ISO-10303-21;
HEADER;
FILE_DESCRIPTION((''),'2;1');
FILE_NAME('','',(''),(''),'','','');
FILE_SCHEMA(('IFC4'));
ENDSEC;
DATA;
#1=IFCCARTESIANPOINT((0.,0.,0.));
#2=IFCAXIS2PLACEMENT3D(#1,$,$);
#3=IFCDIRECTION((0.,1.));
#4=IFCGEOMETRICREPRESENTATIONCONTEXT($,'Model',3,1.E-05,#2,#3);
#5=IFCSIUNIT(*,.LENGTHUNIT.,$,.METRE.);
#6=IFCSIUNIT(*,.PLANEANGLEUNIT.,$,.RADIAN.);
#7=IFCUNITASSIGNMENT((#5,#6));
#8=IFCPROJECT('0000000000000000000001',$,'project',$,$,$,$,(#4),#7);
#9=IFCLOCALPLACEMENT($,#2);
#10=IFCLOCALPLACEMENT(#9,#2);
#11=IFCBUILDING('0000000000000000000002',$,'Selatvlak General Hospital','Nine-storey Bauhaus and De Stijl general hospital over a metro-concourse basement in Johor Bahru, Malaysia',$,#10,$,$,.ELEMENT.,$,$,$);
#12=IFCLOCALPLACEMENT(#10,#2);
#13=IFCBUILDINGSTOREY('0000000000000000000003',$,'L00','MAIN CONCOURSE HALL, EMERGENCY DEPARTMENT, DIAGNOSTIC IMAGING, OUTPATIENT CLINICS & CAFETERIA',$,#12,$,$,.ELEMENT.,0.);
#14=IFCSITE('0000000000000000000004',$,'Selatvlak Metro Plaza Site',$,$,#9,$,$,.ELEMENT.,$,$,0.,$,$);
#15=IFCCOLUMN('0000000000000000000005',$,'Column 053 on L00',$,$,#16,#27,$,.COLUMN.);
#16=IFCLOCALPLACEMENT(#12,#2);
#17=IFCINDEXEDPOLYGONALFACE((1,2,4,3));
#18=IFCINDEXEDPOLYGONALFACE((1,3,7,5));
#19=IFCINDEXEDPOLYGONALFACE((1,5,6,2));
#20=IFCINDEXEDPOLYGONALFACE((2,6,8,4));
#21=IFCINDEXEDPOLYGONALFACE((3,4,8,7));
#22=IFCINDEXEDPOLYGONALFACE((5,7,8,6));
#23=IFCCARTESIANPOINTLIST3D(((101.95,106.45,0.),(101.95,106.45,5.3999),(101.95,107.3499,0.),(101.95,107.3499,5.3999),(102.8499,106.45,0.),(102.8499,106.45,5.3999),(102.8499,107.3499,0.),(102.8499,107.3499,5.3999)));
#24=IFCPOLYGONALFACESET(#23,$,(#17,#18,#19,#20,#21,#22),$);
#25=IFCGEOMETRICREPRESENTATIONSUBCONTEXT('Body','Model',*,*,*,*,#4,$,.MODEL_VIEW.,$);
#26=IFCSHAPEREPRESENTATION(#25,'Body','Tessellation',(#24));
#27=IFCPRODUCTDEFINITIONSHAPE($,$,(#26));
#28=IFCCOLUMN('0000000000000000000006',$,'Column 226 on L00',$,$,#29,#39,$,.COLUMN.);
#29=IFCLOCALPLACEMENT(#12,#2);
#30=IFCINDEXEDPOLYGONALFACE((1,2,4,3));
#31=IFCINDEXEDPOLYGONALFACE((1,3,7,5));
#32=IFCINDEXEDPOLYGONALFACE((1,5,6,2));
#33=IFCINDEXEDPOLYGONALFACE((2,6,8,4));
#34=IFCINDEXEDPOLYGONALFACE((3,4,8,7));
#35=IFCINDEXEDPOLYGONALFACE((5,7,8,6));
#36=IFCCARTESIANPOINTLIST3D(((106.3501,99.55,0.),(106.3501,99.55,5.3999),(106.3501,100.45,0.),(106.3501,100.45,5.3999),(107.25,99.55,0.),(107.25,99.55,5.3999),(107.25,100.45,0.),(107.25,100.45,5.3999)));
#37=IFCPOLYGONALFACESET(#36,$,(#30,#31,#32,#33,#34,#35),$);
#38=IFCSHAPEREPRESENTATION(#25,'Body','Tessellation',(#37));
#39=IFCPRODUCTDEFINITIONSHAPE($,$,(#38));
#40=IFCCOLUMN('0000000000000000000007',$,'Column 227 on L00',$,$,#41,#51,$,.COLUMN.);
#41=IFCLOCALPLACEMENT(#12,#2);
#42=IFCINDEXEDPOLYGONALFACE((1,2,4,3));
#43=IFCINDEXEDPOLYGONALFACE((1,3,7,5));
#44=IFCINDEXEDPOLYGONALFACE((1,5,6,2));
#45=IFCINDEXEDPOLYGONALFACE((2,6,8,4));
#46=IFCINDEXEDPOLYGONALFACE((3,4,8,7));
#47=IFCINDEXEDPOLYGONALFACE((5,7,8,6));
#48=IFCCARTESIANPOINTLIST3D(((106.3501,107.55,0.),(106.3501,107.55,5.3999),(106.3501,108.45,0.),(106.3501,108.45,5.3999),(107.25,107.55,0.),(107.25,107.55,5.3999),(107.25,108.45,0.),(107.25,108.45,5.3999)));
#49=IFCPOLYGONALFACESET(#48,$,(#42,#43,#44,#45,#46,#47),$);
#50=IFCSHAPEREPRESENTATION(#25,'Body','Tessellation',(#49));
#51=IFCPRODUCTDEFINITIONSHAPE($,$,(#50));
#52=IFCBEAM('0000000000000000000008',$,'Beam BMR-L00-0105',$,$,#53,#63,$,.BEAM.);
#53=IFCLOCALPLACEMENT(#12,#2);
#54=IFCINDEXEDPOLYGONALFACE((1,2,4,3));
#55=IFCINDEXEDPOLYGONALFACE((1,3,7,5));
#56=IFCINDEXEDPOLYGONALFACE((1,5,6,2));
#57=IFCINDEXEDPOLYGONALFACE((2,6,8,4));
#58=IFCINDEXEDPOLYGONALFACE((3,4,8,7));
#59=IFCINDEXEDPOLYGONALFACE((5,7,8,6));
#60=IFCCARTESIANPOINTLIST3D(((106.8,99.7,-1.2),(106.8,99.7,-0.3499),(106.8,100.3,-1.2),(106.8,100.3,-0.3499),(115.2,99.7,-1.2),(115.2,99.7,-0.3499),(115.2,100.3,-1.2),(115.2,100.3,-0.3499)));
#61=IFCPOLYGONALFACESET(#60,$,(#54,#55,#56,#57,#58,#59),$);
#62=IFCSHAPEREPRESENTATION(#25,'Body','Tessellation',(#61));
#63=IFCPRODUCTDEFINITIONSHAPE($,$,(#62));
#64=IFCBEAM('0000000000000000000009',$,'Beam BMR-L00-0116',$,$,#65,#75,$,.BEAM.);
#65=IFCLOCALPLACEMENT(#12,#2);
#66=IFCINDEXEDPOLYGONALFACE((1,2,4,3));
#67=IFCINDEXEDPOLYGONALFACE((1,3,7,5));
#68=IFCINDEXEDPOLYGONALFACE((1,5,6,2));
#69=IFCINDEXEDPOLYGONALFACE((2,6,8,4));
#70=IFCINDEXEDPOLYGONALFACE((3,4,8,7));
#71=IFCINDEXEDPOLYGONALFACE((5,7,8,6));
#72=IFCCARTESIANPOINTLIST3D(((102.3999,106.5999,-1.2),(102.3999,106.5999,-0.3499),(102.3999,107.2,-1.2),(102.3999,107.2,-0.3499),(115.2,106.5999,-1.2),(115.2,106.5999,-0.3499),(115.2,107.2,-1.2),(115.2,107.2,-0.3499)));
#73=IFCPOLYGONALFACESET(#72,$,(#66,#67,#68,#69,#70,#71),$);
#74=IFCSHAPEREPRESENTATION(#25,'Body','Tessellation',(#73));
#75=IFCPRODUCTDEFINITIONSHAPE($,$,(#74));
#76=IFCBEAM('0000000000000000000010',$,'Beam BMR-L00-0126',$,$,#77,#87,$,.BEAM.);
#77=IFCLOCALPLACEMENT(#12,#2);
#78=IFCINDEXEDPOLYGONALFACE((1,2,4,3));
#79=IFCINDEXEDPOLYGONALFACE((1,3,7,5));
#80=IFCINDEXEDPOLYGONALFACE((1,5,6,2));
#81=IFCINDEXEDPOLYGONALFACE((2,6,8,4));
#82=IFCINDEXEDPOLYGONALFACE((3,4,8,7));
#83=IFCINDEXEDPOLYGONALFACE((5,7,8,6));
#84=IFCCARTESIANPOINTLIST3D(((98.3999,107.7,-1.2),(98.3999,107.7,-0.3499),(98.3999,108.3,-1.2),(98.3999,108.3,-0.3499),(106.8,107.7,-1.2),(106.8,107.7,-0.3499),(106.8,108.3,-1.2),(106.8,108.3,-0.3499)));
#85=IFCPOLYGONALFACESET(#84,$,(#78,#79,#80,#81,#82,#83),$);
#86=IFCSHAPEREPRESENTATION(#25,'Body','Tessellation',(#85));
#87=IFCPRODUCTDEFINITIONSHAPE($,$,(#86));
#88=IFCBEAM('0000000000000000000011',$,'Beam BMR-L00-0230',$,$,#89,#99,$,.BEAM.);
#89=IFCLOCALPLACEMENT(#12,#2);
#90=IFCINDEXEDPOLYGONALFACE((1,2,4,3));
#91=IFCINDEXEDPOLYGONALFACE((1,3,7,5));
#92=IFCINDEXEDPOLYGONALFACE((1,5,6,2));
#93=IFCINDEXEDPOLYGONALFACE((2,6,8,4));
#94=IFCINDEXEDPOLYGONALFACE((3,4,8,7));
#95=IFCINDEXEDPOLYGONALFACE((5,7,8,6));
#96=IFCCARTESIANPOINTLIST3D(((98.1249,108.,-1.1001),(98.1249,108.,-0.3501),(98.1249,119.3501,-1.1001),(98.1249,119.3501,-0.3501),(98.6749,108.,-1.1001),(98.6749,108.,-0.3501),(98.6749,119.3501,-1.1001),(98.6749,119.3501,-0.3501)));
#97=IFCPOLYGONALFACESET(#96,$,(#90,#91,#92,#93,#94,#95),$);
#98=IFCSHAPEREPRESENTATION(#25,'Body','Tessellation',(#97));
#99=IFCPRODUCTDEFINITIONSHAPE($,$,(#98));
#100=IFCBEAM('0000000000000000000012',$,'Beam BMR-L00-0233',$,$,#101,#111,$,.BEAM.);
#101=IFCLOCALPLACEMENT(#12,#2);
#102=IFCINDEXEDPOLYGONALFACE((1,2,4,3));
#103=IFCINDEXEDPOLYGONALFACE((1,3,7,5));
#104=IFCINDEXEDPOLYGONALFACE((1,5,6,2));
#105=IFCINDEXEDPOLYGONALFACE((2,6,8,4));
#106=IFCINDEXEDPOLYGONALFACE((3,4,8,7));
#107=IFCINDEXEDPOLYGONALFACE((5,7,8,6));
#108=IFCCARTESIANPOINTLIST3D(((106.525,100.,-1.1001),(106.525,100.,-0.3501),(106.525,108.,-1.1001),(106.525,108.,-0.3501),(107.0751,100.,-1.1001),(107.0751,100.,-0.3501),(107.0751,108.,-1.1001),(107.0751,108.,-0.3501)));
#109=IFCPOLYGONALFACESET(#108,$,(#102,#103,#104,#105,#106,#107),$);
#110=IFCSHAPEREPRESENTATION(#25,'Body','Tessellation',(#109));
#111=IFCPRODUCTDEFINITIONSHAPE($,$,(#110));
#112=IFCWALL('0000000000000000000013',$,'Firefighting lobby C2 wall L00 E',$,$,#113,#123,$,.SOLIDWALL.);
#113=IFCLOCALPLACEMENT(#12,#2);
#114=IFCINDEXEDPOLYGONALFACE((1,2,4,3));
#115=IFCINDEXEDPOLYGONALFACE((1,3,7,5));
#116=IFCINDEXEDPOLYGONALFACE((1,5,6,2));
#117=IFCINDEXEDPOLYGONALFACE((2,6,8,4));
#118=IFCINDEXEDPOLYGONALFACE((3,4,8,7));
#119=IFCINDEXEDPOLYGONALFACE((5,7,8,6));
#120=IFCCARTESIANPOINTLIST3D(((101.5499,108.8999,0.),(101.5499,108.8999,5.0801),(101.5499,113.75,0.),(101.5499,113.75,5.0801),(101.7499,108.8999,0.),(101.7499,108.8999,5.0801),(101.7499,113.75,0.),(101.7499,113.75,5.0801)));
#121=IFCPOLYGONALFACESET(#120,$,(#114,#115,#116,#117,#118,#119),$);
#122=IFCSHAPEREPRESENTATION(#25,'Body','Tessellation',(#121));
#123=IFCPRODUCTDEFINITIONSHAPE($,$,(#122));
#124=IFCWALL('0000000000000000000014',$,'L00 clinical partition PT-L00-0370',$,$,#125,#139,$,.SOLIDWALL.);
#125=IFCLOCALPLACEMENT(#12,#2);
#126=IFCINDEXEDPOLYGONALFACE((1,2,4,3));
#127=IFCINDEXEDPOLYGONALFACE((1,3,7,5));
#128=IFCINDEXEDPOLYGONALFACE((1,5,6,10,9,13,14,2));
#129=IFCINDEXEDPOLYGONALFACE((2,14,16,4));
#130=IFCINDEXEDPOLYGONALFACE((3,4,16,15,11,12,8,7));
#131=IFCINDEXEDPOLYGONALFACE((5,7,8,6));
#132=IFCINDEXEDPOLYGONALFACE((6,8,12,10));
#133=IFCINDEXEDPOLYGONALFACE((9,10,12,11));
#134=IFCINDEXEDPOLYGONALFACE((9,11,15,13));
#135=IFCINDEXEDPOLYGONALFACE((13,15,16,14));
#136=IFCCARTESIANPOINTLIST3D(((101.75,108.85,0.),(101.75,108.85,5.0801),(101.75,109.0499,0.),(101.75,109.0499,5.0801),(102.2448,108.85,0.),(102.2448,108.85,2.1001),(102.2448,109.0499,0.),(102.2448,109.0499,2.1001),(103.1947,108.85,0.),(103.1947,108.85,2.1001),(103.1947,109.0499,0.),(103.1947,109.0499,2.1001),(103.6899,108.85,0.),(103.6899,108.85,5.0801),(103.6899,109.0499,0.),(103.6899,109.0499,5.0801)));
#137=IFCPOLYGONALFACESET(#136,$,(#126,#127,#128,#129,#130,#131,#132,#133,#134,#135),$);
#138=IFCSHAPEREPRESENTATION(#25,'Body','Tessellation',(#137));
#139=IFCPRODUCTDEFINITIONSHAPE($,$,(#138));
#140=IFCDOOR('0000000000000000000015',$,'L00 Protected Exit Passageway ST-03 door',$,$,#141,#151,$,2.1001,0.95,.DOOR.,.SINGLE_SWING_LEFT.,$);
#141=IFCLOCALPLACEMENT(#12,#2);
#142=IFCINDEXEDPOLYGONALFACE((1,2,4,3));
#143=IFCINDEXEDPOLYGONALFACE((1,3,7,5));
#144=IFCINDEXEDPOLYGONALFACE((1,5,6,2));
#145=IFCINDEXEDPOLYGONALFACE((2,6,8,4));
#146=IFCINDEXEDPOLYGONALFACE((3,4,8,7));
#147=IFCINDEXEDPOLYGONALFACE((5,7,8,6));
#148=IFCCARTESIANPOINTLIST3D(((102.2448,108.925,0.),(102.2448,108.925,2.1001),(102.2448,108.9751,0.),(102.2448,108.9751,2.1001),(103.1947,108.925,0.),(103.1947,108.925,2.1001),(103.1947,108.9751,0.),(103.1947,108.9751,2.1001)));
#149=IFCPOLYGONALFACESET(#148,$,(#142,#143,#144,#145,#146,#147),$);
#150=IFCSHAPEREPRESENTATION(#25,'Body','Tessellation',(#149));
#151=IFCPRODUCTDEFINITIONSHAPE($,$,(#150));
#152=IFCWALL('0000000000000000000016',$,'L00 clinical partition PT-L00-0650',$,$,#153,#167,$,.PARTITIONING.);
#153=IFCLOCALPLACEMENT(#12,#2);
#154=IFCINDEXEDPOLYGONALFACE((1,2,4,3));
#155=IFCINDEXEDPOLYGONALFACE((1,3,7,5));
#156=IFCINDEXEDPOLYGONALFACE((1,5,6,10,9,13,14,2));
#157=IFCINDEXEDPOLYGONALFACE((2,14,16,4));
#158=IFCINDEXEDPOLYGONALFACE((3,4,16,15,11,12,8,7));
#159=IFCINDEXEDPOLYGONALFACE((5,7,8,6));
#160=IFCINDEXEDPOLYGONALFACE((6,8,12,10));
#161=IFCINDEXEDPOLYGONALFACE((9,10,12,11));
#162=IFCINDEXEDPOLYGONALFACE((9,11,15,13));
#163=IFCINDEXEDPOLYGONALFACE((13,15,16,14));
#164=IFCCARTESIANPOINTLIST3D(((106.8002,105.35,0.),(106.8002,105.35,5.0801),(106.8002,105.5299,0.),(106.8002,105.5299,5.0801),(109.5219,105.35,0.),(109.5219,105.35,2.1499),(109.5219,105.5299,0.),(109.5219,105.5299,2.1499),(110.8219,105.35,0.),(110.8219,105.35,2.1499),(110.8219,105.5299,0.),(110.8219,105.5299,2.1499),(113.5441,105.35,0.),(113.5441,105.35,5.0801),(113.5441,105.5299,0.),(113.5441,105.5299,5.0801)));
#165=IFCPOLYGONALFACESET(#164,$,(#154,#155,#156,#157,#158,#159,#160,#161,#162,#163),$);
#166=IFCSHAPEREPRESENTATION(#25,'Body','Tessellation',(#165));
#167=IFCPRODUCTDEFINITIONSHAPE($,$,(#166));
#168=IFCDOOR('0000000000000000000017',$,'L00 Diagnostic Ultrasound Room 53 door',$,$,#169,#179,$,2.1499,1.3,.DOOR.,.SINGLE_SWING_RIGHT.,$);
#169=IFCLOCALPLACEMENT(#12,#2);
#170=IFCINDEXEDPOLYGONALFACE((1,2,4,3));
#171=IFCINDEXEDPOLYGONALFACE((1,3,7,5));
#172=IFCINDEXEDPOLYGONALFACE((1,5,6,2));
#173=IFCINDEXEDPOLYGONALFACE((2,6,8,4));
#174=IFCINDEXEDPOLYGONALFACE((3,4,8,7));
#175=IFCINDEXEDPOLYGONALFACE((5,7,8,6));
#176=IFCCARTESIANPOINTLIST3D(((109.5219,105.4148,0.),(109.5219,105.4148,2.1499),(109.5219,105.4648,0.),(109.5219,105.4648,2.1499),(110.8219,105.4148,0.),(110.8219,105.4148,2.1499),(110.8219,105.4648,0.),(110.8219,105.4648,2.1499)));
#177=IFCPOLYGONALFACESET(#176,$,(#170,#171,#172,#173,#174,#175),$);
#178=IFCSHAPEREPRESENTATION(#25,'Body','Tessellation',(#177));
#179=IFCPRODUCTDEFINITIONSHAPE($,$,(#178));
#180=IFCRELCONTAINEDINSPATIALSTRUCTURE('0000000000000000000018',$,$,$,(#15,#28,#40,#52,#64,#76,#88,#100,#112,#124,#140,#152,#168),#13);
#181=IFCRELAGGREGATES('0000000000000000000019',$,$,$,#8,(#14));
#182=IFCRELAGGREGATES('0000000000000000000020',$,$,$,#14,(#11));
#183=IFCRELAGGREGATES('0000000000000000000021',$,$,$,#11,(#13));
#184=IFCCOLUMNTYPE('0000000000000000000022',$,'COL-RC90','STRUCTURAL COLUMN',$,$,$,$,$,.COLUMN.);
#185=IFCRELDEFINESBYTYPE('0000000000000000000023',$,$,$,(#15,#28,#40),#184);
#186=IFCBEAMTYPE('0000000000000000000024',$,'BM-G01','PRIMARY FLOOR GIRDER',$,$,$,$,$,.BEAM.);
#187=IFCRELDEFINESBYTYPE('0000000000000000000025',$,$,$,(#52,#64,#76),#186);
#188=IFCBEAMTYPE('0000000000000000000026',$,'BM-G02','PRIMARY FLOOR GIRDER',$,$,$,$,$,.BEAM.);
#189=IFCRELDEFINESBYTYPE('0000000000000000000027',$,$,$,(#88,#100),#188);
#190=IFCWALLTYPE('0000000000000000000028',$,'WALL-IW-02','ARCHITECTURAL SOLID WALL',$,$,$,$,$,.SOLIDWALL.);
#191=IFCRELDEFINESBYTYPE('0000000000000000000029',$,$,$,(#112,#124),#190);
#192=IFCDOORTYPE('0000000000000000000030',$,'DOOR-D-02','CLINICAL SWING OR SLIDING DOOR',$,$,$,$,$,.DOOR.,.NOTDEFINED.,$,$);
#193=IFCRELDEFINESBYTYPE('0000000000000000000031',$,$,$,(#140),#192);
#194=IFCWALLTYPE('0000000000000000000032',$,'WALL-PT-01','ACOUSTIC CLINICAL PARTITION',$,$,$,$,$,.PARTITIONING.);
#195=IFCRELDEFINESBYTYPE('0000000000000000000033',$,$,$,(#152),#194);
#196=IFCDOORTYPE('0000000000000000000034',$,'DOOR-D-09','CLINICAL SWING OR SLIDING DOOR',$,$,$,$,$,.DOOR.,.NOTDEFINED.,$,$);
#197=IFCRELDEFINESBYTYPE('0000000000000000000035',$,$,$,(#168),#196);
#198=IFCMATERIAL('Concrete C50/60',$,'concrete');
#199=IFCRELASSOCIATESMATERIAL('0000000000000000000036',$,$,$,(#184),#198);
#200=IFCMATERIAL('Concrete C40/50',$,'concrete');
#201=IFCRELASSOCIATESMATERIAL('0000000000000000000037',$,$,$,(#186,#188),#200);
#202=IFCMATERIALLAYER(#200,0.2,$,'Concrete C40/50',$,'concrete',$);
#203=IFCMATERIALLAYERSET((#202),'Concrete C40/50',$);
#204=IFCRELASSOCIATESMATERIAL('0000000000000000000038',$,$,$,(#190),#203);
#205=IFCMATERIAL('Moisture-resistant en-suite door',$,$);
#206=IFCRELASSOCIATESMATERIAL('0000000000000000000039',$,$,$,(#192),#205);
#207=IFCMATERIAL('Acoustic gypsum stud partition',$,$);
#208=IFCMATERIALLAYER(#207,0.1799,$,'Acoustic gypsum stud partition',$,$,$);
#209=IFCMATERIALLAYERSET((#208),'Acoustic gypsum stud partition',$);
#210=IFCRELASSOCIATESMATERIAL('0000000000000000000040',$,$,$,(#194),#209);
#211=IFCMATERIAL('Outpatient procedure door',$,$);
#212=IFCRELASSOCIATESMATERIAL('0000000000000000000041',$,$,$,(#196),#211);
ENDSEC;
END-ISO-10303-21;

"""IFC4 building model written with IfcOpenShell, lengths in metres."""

from ifc_helpers import new_model, si_unit, direction, frame, frame_2d, origin, origin_2d, place, context, subcontext, project, spatial, rectangle, extrude, material, layer, layer_set, material_profile, profile_set, type_object, element, fill, save


model = new_model("IFC4")

# Units and contexts
model_context = context("Model", 3, precision=1e-05, world=origin(), true_north=direction((0.0, 1.0)))
body_context = subcontext(model_context, "Body", "Model", "MODEL_VIEW")
ifc_project = project(units=[si_unit("LENGTHUNIT", "METRE"), si_unit("PLANEANGLEUNIT", "RADIAN")], contexts=[model_context])

# Site, building, storey
site_placement = place(None, origin())
site = spatial("IfcSite", under=ifc_project, at=site_placement, Name="Selatvlak Metro Plaza Site", CompositionType="ELEMENT", RefElevation=0.0)
building_placement = place(site_placement, origin())
building = spatial("IfcBuilding", under=site, at=building_placement, Name="Selatvlak General Hospital", Description="Nine-storey Bauhaus and De Stijl general hospital over a metro-concourse basement in Johor Bahru, Malaysia", CompositionType="ELEMENT")
storey_placement = place(building_placement, origin())
storey = spatial("IfcBuildingStorey", under=building, at=storey_placement, Name="L00", Description="MAIN CONCOURSE HALL, EMERGENCY DEPARTMENT, DIAGNOSTIC IMAGING, OUTPATIENT CLINICS & CAFETERIA", CompositionType="ELEMENT", Elevation=0.0)

# Columns
ifc_material_1 = material(Name="Concrete C50/60", Category="concrete")
ifc_material_profile_1 = material_profile(ifc_material_1, rectangle(XDim=0.8999, YDim=0.8999, at=origin_2d()), Name="RC-COL 900x900")
ifc_profile_set_1 = profile_set([ifc_material_profile_1], Name="Concrete C50/60")
column_type = type_object("IfcColumnType", Name="COL-RC90", Description="STRUCTURAL COLUMN", PredefinedType="COLUMN", material=ifc_profile_set_1)
for number, where, z_axis, x_axis, name in (
    (1, (102.3999, 106.8999, 0.0), (0.0, 0.0, 1.0), (1.0, 0.0, 0.0), "Column 053 on L00"),
    (2, (106.8, 100.0, 0.0), (0.0, 0.0, 1.0), (1.0, 0.0, 0.0), "Column 226 on L00"),
    (3, (106.8, 108.0, 0.0), (0.0, 0.0, 1.0), (1.0, 0.0, 0.0), "Column 227 on L00"),
):
    element("IfcColumn", number, at=place(storey_placement, frame(where, z_axis=z_axis, x_axis=x_axis)), inside=storey, type_object=column_type, Name=name, PredefinedType="COLUMN", context=body_context, shape_type="SweptSolid", body=[
        extrude(rectangle(XDim=0.8999, YDim=0.8999, at=origin_2d()), origin(), (0.0, 0.0, 1.0), 5.3999),
    ])

# Beams
ifc_material_2 = material(Name="Concrete C40/50", Category="concrete")
ifc_material_profile_2 = material_profile(ifc_material_2, rectangle(XDim=0.6001, YDim=0.8501, at=origin_2d()), Name="RC-BM 600x850")
ifc_profile_set_2 = profile_set([ifc_material_profile_2], Name="Concrete C40/50")
beam_type_1 = type_object("IfcBeamType", Name="BM-G01", Description="PRIMARY FLOOR GIRDER", PredefinedType="BEAM", material=ifc_profile_set_2)
beam_1_placement = place(storey_placement, frame((106.8, 100.0, -0.7749), z_axis=(1.0, 0.0, 0.0), x_axis=(0.0, 1.0, 0.0)))
element("IfcBeam", 4, at=beam_1_placement, inside=storey, type_object=beam_type_1, Name="Beam BMR-L00-0105", PredefinedType="BEAM", context=body_context, shape_type="SweptSolid", body=[
    extrude(rectangle(XDim=0.6001, YDim=0.8501, at=origin_2d()), origin(), (0.0, 0.0, 1.0), 8.3999),
])
beam_2_placement = place(storey_placement, frame((102.3999, 106.8999, -0.7749), z_axis=(1.0, 0.0, 0.0), x_axis=(0.0, 1.0, 0.0)))
element("IfcBeam", 5, at=beam_2_placement, inside=storey, type_object=beam_type_1, Name="Beam BMR-L00-0116", PredefinedType="BEAM", context=body_context, shape_type="SweptSolid", body=[
    extrude(rectangle(XDim=0.6001, YDim=0.8501, at=origin_2d()), origin(), (0.0, 0.0, 1.0), 12.8),
])
beam_3_placement = place(storey_placement, frame((98.3999, 108.0, -0.7749), z_axis=(1.0, 0.0, 0.0), x_axis=(0.0, 1.0, 0.0)))
element("IfcBeam", 6, at=beam_3_placement, inside=storey, type_object=beam_type_1, Name="Beam BMR-L00-0126", PredefinedType="BEAM", context=body_context, shape_type="SweptSolid", body=[
    extrude(rectangle(XDim=0.6001, YDim=0.8501, at=origin_2d()), origin(), (0.0, 0.0, 1.0), 8.4001),
])
ifc_material_profile_3 = material_profile(ifc_material_2, rectangle(XDim=0.55, YDim=0.75, at=origin_2d()), Name="RC-BM 550x750")
ifc_profile_set_3 = profile_set([ifc_material_profile_3], Name="Concrete C40/50")
beam_type_2 = type_object("IfcBeamType", Name="BM-G02", Description="PRIMARY FLOOR GIRDER", PredefinedType="BEAM", material=ifc_profile_set_3)
beam_4_placement = place(storey_placement, frame((98.3999, 108.0, -0.7251), z_axis=(0.0, 1.0, 0.0), x_axis=(-1.0, 0.0, 0.0)))
element("IfcBeam", 7, at=beam_4_placement, inside=storey, type_object=beam_type_2, Name="Beam BMR-L00-0230", PredefinedType="BEAM", context=body_context, shape_type="SweptSolid", body=[
    extrude(rectangle(XDim=0.55, YDim=0.75, at=origin_2d()), origin(), (0.0, 0.0, 1.0), 11.3501),
])
beam_5_placement = place(storey_placement, frame((106.8, 100.0, -0.7251), z_axis=(0.0, 1.0, 0.0), x_axis=(-1.0, 0.0, 0.0)))
element("IfcBeam", 8, at=beam_5_placement, inside=storey, type_object=beam_type_2, Name="Beam BMR-L00-0233", PredefinedType="BEAM", context=body_context, shape_type="SweptSolid", body=[
    extrude(rectangle(XDim=0.55, YDim=0.75, at=origin_2d()), origin(), (0.0, 0.0, 1.0), 8.0),
])

# Shared definitions
ifc_layer_1 = layer(ifc_material_2, 0.2, Name="Concrete C40/50", Category="concrete")
ifc_layer_set_1 = layer_set([ifc_layer_1], Name="Concrete C40/50")
wall_type_1 = type_object("IfcWallType", Name="WALL-IW-02", Description="ARCHITECTURAL SOLID WALL", PredefinedType="SOLIDWALL", material=ifc_layer_set_1)

# Wall
wall_1_placement = place(storey_placement, frame((101.6499, 108.8999, 0.0), z_axis=(0.0, 0.0, 1.0), x_axis=(0.0, 1.0, 0.0)))
element("IfcWall", 9, at=wall_1_placement, inside=storey, type_object=wall_type_1, Name="Firefighting lobby C2 wall L00 E", PredefinedType="SOLIDWALL", context=body_context, shape_type="SweptSolid", body=[
    extrude(rectangle(XDim=4.8501, YDim=0.2, at=frame_2d((2.425, 0.0))), origin(), (0.0, 0.0, 1.0), 5.0801),
])

# Walls, openings, doors
wall_2_placement = place(storey_placement, frame((103.6899, 108.95, 0.0), z_axis=(0.0, 0.0, 1.0), x_axis=(-1.0, 0.0, 0.0)))
wall_2 = element("IfcWall", 10, at=wall_2_placement, inside=storey, type_object=wall_type_1, Name="L00 clinical partition PT-L00-0370", PredefinedType="SOLIDWALL", context=body_context, shape_type="SweptSolid", body=[
    extrude(rectangle(XDim=1.9399, YDim=0.2, at=frame_2d((0.97, 0.0))), origin(), (0.0, 0.0, 1.0), 5.0801),
])
opening_1_placement = place(wall_2_placement, frame((0.4951, 0.0, 0.0)))
opening_1 = element("IfcOpeningElement", 11, at=opening_1_placement, cuts=wall_2, PredefinedType="OPENING", context=body_context, shape_type="SweptSolid", body=[
    extrude(rectangle(XDim=0.95, YDim=2.1001, at=frame_2d((0.4751, 1.05))), frame((0.0, 0.1099, 0.0), z_axis=(0.0, -1.0, 0.0), x_axis=(1.0, 0.0, 0.0)), (0.0, 0.0, 1.0), 0.22),
])
ifc_material_3 = material(Name="Moisture-resistant en-suite door")
door_type_1 = type_object("IfcDoorType", Name="DOOR-D-02", Description="CLINICAL SWING OR SLIDING DOOR", OperationType="NOTDEFINED", PredefinedType="DOOR", material=ifc_material_3)
door_1_placement = place(opening_1_placement, origin())
door_1 = element("IfcDoor", 12, at=door_1_placement, inside=storey, type_object=door_type_1, Name="L00 Protected Exit Passageway ST-03 door", OperationType="SINGLE_SWING_LEFT", OverallHeight=2.1001, OverallWidth=0.95, PredefinedType="DOOR", context=body_context, shape_type="SweptSolid", body=[
    extrude(rectangle(XDim=0.95, YDim=2.1001, at=frame_2d((0.4751, 1.05))), frame((0.0, 0.0249, 0.0), z_axis=(0.0, -1.0, 0.0), x_axis=(1.0, 0.0, 0.0)), (0.0, 0.0, 1.0), 0.05),
])
fill(opening_1, door_1)
ifc_material_4 = material(Name="Acoustic gypsum stud partition")
ifc_layer_2 = layer(ifc_material_4, 0.1799, Name="Acoustic gypsum stud partition")
ifc_layer_set_2 = layer_set([ifc_layer_2], Name="Acoustic gypsum stud partition")
wall_type_2 = type_object("IfcWallType", Name="WALL-PT-01", Description="ACOUSTIC CLINICAL PARTITION", PredefinedType="PARTITIONING", material=ifc_layer_set_2)
wall_3_placement = place(storey_placement, frame((106.8, 105.4399, 0.0), z_axis=(0.0, 0.0, 1.0), x_axis=(1.0, 0.0, 0.0)))
wall_3 = element("IfcWall", 13, at=wall_3_placement, inside=storey, type_object=wall_type_2, Name="L00 clinical partition PT-L00-0650", PredefinedType="PARTITIONING", context=body_context, shape_type="SweptSolid", body=[
    extrude(rectangle(XDim=6.7439, YDim=0.1799, at=frame_2d((3.3721, 0.0))), origin(), (0.0, 0.0, 1.0), 5.0801),
])
opening_2_placement = place(wall_3_placement, frame((2.7219, 0.0, 0.0)))
opening_2 = element("IfcOpeningElement", 14, at=opening_2_placement, cuts=wall_3, PredefinedType="OPENING", context=body_context, shape_type="SweptSolid", body=[
    extrude(rectangle(XDim=1.3, YDim=2.1499, at=frame_2d((0.6499, 1.075))), frame((0.0, 0.0999, 0.0), z_axis=(0.0, -1.0, 0.0), x_axis=(1.0, 0.0, 0.0)), (0.0, 0.0, 1.0), 0.2),
])
ifc_material_5 = material(Name="Outpatient procedure door")
door_type_2 = type_object("IfcDoorType", Name="DOOR-D-09", Description="CLINICAL SWING OR SLIDING DOOR", OperationType="NOTDEFINED", PredefinedType="DOOR", material=ifc_material_5)
door_2_placement = place(opening_2_placement, origin())
door_2 = element("IfcDoor", 15, at=door_2_placement, inside=storey, type_object=door_type_2, Name="L00 Diagnostic Ultrasound Room 53 door", OperationType="SINGLE_SWING_RIGHT", OverallHeight=2.1499, OverallWidth=1.3, PredefinedType="DOOR", context=body_context, shape_type="SweptSolid", body=[
    extrude(rectangle(XDim=1.3, YDim=2.1499, at=frame_2d((0.6499, 1.075))), frame((0.0, 0.0249, 0.0), z_axis=(0.0, -1.0, 0.0), x_axis=(1.0, 0.0, 0.0)), (0.0, 0.0, 1.0), 0.05),
])
fill(opening_2, door_2)

save(model, "model.ifc")
